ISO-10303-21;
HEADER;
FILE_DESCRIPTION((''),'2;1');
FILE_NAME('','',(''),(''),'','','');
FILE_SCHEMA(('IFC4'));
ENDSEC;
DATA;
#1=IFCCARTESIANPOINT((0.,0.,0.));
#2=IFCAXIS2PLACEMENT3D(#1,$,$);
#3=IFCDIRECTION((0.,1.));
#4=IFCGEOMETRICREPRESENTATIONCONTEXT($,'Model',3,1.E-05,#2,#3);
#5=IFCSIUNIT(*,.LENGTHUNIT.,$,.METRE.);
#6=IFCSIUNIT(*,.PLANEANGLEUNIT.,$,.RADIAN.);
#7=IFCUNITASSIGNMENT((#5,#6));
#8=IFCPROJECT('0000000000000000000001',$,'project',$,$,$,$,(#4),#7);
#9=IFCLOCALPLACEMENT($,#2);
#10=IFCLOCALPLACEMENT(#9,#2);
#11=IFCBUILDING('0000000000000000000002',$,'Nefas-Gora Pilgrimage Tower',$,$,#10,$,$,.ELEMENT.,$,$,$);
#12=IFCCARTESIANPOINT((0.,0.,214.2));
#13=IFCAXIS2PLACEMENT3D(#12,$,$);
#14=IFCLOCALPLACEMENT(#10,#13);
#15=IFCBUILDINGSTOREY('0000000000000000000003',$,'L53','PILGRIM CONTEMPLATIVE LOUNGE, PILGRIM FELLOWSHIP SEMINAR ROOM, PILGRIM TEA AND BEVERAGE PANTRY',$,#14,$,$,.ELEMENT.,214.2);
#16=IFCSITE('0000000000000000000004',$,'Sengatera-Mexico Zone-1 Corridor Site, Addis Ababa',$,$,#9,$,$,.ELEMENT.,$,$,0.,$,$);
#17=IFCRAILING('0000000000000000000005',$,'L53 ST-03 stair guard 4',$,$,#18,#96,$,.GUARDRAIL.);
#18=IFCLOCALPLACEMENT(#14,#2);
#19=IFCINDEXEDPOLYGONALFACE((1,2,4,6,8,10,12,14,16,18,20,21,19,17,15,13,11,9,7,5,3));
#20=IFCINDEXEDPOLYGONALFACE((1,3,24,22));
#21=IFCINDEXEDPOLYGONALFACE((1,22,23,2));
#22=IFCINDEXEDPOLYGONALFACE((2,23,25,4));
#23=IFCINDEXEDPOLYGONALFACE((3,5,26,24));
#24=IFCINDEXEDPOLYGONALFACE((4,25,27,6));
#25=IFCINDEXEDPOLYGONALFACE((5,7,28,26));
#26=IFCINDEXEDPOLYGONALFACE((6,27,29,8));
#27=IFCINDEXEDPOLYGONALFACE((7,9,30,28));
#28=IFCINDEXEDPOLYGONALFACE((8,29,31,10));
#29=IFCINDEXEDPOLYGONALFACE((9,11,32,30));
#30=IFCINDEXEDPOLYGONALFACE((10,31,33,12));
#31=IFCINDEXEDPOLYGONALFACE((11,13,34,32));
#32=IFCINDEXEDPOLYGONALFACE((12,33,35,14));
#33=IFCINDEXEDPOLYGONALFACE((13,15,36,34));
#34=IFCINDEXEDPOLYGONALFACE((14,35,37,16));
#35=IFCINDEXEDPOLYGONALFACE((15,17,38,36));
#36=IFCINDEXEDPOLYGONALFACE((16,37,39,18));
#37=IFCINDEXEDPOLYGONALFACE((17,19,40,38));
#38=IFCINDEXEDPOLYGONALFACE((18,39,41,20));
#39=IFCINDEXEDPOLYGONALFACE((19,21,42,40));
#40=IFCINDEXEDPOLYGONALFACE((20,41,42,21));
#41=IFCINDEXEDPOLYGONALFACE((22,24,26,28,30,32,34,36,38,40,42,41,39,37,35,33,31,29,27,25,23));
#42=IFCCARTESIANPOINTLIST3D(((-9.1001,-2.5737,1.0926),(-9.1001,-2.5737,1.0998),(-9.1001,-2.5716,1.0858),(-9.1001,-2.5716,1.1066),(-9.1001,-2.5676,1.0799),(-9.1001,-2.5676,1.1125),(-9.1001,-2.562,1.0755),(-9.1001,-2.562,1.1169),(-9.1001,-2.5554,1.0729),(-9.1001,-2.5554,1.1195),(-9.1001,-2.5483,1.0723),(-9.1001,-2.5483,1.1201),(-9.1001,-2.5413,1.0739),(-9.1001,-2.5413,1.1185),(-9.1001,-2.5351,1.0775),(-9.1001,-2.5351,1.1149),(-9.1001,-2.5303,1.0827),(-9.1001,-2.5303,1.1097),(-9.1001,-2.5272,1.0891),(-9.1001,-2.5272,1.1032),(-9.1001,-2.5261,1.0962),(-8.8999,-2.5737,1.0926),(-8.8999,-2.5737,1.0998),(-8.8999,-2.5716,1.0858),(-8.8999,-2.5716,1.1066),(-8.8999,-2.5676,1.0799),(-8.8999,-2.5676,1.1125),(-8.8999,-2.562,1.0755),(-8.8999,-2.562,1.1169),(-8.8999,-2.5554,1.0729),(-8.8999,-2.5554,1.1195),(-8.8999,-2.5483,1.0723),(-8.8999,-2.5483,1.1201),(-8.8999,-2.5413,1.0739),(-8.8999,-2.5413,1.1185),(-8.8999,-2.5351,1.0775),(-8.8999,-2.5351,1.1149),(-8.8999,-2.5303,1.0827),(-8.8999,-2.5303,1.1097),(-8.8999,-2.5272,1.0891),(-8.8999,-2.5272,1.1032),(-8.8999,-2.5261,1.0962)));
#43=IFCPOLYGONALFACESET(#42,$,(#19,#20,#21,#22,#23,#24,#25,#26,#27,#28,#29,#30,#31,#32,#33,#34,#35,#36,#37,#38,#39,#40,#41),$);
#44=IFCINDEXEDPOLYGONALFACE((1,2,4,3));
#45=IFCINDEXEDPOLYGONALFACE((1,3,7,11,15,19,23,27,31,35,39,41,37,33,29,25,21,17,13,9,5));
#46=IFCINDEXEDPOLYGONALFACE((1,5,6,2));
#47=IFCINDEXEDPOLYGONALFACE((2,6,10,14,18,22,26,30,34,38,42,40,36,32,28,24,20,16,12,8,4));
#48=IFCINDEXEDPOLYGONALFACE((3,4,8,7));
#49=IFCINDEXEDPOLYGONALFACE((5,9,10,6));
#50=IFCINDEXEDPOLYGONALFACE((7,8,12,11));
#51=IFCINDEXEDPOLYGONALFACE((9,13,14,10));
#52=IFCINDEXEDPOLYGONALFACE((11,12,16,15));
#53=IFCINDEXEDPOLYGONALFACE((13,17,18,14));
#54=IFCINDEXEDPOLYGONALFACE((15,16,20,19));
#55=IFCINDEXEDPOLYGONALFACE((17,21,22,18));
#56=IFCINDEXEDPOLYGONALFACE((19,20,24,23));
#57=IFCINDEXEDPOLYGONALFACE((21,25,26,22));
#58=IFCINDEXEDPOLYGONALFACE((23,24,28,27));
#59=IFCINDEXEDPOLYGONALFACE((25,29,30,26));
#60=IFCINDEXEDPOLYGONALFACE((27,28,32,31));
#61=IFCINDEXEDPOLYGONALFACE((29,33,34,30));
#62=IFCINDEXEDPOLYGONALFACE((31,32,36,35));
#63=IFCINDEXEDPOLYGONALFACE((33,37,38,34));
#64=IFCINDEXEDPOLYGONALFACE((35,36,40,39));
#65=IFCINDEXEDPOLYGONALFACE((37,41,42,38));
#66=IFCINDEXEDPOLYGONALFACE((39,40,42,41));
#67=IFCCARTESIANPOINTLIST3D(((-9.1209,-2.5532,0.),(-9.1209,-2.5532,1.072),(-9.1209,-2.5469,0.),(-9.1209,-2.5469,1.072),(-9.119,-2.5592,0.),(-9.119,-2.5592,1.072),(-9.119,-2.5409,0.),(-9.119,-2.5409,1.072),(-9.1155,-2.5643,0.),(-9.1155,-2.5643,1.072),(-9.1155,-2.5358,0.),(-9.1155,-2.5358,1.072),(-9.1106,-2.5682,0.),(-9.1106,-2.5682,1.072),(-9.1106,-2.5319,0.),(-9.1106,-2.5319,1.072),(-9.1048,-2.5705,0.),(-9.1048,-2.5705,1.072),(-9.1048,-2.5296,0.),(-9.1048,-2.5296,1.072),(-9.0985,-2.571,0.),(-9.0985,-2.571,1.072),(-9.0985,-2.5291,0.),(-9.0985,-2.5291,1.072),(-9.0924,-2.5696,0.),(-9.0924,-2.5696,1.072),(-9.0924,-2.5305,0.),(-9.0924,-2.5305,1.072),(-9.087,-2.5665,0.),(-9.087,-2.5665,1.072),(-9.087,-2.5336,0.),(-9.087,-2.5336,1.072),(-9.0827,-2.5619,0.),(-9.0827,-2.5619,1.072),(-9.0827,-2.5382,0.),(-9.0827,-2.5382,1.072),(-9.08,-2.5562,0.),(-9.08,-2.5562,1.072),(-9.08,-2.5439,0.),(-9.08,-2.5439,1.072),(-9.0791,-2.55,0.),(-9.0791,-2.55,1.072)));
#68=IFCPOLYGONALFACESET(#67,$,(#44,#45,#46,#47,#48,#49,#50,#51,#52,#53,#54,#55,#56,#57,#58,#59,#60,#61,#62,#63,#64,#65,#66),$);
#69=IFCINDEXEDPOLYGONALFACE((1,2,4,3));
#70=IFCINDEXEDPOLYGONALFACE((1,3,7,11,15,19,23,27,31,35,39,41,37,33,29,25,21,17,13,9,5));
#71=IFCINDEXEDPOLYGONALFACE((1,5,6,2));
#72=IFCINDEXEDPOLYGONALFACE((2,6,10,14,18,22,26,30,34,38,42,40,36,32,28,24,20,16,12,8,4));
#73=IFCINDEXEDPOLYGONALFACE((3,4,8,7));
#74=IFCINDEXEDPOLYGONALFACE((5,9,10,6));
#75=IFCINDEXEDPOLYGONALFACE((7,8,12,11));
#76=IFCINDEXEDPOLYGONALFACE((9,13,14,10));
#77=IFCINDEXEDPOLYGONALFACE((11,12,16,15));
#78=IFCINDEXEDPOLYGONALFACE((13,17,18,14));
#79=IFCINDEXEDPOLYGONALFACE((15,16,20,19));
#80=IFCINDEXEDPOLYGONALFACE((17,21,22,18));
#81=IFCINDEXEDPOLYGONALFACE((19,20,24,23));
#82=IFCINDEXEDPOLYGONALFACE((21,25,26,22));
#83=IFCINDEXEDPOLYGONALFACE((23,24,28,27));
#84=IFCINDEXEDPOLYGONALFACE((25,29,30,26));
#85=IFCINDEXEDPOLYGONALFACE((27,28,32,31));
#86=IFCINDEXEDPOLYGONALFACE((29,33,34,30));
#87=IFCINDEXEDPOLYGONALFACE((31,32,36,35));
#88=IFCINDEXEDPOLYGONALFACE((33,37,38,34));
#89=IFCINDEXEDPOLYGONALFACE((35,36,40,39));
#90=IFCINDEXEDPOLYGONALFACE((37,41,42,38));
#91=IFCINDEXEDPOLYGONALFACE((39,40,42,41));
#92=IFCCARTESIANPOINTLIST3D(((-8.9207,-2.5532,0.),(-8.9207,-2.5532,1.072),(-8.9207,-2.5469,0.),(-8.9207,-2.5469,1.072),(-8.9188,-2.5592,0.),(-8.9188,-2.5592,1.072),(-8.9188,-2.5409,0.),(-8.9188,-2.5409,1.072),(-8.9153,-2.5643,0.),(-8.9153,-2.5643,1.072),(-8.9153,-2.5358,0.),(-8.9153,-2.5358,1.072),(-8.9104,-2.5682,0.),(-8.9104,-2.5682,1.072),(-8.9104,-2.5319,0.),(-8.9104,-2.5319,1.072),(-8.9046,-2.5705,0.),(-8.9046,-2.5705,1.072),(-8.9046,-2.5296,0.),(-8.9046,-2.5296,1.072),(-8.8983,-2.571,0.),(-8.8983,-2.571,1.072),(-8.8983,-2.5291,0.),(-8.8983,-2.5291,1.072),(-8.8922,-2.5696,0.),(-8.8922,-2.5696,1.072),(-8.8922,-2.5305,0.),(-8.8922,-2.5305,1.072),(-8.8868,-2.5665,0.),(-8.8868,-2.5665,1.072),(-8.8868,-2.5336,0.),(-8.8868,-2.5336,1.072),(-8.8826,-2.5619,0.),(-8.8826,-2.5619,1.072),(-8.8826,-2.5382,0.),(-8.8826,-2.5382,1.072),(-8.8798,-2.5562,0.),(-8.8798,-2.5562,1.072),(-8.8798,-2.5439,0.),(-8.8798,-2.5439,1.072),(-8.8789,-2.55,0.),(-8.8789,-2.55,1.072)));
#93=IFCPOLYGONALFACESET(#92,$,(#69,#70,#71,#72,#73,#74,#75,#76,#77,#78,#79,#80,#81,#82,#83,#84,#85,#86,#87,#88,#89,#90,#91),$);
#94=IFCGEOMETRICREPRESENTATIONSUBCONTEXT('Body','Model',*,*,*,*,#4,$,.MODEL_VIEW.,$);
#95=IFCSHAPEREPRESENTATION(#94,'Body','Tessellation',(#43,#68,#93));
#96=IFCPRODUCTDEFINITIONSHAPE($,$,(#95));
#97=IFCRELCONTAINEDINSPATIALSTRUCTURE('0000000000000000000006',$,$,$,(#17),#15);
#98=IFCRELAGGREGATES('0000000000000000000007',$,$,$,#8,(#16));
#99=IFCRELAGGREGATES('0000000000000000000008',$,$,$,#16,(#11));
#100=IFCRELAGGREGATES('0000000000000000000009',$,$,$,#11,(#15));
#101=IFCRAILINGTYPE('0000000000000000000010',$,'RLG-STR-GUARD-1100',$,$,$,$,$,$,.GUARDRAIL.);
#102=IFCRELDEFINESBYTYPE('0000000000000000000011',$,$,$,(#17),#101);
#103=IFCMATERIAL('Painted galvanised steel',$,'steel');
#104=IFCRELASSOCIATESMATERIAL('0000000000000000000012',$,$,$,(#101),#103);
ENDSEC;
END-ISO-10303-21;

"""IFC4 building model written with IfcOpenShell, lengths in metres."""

from ifc_helpers import new_model, si_unit, direction, frame, origin, origin_2d, place, context, subcontext, project, spatial, circle, extrude, material, type_object, element, save


model = new_model("IFC4")

# Units and contexts
model_context = context("Model", 3, precision=1e-05, world=origin(), true_north=direction((0.0, 1.0)))
body_context = subcontext(model_context, "Body", "Model", "MODEL_VIEW")
ifc_project = project(units=[si_unit("LENGTHUNIT", "METRE"), si_unit("PLANEANGLEUNIT", "RADIAN")], contexts=[model_context])

# Site, building, storey
site_placement = place(None, origin())
site = spatial("IfcSite", under=ifc_project, at=site_placement, Name="Sengatera-Mexico Zone-1 Corridor Site, Addis Ababa", CompositionType="ELEMENT", RefElevation=0.0)
building_placement = place(site_placement, origin())
building = spatial("IfcBuilding", under=site, at=building_placement, Name="Nefas-Gora Pilgrimage Tower", CompositionType="ELEMENT")
storey_placement = place(building_placement, frame((0.0, 0.0, 214.2)))
storey = spatial("IfcBuildingStorey", under=building, at=storey_placement, Name="L53", Description="PILGRIM CONTEMPLATIVE LOUNGE, PILGRIM FELLOWSHIP SEMINAR ROOM, PILGRIM TEA AND BEVERAGE PANTRY", CompositionType="ELEMENT", Elevation=214.2)

# Railing
ifc_material_1 = material(Name="Painted galvanised steel", Category="steel")
railing_type_1 = type_object("IfcRailingType", Name="RLG-STR-GUARD-1100", PredefinedType="GUARDRAIL", material=ifc_material_1)
railing_1_placement = place(storey_placement, frame((-9.1001, -2.55, 0.0)))
element("IfcRailing", 1, at=railing_1_placement, inside=storey, type_object=railing_type_1, Name="L53 ST-03 stair guard 4", PredefinedType="GUARDRAIL", context=body_context, shape_type="SweptSolid", body=[
    extrude(circle(Radius=0.0239, at=origin_2d()), frame((0.0, 0.0, 1.0962), z_axis=(1.0, 0.0, 0.0), x_axis=(0.0, 1.0, 0.0)), (0.0, 0.0, 1.0), 0.2002),
    extrude(circle(Radius=0.021, at=origin_2d()), origin(), (0.0, 0.0, 1.0), 1.072),
    extrude(circle(Radius=0.021, at=origin_2d()), frame((0.2002, 0.0, 0.0)), (0.0, 0.0, 1.0), 1.072),
])

save(model, "model.ifc")
